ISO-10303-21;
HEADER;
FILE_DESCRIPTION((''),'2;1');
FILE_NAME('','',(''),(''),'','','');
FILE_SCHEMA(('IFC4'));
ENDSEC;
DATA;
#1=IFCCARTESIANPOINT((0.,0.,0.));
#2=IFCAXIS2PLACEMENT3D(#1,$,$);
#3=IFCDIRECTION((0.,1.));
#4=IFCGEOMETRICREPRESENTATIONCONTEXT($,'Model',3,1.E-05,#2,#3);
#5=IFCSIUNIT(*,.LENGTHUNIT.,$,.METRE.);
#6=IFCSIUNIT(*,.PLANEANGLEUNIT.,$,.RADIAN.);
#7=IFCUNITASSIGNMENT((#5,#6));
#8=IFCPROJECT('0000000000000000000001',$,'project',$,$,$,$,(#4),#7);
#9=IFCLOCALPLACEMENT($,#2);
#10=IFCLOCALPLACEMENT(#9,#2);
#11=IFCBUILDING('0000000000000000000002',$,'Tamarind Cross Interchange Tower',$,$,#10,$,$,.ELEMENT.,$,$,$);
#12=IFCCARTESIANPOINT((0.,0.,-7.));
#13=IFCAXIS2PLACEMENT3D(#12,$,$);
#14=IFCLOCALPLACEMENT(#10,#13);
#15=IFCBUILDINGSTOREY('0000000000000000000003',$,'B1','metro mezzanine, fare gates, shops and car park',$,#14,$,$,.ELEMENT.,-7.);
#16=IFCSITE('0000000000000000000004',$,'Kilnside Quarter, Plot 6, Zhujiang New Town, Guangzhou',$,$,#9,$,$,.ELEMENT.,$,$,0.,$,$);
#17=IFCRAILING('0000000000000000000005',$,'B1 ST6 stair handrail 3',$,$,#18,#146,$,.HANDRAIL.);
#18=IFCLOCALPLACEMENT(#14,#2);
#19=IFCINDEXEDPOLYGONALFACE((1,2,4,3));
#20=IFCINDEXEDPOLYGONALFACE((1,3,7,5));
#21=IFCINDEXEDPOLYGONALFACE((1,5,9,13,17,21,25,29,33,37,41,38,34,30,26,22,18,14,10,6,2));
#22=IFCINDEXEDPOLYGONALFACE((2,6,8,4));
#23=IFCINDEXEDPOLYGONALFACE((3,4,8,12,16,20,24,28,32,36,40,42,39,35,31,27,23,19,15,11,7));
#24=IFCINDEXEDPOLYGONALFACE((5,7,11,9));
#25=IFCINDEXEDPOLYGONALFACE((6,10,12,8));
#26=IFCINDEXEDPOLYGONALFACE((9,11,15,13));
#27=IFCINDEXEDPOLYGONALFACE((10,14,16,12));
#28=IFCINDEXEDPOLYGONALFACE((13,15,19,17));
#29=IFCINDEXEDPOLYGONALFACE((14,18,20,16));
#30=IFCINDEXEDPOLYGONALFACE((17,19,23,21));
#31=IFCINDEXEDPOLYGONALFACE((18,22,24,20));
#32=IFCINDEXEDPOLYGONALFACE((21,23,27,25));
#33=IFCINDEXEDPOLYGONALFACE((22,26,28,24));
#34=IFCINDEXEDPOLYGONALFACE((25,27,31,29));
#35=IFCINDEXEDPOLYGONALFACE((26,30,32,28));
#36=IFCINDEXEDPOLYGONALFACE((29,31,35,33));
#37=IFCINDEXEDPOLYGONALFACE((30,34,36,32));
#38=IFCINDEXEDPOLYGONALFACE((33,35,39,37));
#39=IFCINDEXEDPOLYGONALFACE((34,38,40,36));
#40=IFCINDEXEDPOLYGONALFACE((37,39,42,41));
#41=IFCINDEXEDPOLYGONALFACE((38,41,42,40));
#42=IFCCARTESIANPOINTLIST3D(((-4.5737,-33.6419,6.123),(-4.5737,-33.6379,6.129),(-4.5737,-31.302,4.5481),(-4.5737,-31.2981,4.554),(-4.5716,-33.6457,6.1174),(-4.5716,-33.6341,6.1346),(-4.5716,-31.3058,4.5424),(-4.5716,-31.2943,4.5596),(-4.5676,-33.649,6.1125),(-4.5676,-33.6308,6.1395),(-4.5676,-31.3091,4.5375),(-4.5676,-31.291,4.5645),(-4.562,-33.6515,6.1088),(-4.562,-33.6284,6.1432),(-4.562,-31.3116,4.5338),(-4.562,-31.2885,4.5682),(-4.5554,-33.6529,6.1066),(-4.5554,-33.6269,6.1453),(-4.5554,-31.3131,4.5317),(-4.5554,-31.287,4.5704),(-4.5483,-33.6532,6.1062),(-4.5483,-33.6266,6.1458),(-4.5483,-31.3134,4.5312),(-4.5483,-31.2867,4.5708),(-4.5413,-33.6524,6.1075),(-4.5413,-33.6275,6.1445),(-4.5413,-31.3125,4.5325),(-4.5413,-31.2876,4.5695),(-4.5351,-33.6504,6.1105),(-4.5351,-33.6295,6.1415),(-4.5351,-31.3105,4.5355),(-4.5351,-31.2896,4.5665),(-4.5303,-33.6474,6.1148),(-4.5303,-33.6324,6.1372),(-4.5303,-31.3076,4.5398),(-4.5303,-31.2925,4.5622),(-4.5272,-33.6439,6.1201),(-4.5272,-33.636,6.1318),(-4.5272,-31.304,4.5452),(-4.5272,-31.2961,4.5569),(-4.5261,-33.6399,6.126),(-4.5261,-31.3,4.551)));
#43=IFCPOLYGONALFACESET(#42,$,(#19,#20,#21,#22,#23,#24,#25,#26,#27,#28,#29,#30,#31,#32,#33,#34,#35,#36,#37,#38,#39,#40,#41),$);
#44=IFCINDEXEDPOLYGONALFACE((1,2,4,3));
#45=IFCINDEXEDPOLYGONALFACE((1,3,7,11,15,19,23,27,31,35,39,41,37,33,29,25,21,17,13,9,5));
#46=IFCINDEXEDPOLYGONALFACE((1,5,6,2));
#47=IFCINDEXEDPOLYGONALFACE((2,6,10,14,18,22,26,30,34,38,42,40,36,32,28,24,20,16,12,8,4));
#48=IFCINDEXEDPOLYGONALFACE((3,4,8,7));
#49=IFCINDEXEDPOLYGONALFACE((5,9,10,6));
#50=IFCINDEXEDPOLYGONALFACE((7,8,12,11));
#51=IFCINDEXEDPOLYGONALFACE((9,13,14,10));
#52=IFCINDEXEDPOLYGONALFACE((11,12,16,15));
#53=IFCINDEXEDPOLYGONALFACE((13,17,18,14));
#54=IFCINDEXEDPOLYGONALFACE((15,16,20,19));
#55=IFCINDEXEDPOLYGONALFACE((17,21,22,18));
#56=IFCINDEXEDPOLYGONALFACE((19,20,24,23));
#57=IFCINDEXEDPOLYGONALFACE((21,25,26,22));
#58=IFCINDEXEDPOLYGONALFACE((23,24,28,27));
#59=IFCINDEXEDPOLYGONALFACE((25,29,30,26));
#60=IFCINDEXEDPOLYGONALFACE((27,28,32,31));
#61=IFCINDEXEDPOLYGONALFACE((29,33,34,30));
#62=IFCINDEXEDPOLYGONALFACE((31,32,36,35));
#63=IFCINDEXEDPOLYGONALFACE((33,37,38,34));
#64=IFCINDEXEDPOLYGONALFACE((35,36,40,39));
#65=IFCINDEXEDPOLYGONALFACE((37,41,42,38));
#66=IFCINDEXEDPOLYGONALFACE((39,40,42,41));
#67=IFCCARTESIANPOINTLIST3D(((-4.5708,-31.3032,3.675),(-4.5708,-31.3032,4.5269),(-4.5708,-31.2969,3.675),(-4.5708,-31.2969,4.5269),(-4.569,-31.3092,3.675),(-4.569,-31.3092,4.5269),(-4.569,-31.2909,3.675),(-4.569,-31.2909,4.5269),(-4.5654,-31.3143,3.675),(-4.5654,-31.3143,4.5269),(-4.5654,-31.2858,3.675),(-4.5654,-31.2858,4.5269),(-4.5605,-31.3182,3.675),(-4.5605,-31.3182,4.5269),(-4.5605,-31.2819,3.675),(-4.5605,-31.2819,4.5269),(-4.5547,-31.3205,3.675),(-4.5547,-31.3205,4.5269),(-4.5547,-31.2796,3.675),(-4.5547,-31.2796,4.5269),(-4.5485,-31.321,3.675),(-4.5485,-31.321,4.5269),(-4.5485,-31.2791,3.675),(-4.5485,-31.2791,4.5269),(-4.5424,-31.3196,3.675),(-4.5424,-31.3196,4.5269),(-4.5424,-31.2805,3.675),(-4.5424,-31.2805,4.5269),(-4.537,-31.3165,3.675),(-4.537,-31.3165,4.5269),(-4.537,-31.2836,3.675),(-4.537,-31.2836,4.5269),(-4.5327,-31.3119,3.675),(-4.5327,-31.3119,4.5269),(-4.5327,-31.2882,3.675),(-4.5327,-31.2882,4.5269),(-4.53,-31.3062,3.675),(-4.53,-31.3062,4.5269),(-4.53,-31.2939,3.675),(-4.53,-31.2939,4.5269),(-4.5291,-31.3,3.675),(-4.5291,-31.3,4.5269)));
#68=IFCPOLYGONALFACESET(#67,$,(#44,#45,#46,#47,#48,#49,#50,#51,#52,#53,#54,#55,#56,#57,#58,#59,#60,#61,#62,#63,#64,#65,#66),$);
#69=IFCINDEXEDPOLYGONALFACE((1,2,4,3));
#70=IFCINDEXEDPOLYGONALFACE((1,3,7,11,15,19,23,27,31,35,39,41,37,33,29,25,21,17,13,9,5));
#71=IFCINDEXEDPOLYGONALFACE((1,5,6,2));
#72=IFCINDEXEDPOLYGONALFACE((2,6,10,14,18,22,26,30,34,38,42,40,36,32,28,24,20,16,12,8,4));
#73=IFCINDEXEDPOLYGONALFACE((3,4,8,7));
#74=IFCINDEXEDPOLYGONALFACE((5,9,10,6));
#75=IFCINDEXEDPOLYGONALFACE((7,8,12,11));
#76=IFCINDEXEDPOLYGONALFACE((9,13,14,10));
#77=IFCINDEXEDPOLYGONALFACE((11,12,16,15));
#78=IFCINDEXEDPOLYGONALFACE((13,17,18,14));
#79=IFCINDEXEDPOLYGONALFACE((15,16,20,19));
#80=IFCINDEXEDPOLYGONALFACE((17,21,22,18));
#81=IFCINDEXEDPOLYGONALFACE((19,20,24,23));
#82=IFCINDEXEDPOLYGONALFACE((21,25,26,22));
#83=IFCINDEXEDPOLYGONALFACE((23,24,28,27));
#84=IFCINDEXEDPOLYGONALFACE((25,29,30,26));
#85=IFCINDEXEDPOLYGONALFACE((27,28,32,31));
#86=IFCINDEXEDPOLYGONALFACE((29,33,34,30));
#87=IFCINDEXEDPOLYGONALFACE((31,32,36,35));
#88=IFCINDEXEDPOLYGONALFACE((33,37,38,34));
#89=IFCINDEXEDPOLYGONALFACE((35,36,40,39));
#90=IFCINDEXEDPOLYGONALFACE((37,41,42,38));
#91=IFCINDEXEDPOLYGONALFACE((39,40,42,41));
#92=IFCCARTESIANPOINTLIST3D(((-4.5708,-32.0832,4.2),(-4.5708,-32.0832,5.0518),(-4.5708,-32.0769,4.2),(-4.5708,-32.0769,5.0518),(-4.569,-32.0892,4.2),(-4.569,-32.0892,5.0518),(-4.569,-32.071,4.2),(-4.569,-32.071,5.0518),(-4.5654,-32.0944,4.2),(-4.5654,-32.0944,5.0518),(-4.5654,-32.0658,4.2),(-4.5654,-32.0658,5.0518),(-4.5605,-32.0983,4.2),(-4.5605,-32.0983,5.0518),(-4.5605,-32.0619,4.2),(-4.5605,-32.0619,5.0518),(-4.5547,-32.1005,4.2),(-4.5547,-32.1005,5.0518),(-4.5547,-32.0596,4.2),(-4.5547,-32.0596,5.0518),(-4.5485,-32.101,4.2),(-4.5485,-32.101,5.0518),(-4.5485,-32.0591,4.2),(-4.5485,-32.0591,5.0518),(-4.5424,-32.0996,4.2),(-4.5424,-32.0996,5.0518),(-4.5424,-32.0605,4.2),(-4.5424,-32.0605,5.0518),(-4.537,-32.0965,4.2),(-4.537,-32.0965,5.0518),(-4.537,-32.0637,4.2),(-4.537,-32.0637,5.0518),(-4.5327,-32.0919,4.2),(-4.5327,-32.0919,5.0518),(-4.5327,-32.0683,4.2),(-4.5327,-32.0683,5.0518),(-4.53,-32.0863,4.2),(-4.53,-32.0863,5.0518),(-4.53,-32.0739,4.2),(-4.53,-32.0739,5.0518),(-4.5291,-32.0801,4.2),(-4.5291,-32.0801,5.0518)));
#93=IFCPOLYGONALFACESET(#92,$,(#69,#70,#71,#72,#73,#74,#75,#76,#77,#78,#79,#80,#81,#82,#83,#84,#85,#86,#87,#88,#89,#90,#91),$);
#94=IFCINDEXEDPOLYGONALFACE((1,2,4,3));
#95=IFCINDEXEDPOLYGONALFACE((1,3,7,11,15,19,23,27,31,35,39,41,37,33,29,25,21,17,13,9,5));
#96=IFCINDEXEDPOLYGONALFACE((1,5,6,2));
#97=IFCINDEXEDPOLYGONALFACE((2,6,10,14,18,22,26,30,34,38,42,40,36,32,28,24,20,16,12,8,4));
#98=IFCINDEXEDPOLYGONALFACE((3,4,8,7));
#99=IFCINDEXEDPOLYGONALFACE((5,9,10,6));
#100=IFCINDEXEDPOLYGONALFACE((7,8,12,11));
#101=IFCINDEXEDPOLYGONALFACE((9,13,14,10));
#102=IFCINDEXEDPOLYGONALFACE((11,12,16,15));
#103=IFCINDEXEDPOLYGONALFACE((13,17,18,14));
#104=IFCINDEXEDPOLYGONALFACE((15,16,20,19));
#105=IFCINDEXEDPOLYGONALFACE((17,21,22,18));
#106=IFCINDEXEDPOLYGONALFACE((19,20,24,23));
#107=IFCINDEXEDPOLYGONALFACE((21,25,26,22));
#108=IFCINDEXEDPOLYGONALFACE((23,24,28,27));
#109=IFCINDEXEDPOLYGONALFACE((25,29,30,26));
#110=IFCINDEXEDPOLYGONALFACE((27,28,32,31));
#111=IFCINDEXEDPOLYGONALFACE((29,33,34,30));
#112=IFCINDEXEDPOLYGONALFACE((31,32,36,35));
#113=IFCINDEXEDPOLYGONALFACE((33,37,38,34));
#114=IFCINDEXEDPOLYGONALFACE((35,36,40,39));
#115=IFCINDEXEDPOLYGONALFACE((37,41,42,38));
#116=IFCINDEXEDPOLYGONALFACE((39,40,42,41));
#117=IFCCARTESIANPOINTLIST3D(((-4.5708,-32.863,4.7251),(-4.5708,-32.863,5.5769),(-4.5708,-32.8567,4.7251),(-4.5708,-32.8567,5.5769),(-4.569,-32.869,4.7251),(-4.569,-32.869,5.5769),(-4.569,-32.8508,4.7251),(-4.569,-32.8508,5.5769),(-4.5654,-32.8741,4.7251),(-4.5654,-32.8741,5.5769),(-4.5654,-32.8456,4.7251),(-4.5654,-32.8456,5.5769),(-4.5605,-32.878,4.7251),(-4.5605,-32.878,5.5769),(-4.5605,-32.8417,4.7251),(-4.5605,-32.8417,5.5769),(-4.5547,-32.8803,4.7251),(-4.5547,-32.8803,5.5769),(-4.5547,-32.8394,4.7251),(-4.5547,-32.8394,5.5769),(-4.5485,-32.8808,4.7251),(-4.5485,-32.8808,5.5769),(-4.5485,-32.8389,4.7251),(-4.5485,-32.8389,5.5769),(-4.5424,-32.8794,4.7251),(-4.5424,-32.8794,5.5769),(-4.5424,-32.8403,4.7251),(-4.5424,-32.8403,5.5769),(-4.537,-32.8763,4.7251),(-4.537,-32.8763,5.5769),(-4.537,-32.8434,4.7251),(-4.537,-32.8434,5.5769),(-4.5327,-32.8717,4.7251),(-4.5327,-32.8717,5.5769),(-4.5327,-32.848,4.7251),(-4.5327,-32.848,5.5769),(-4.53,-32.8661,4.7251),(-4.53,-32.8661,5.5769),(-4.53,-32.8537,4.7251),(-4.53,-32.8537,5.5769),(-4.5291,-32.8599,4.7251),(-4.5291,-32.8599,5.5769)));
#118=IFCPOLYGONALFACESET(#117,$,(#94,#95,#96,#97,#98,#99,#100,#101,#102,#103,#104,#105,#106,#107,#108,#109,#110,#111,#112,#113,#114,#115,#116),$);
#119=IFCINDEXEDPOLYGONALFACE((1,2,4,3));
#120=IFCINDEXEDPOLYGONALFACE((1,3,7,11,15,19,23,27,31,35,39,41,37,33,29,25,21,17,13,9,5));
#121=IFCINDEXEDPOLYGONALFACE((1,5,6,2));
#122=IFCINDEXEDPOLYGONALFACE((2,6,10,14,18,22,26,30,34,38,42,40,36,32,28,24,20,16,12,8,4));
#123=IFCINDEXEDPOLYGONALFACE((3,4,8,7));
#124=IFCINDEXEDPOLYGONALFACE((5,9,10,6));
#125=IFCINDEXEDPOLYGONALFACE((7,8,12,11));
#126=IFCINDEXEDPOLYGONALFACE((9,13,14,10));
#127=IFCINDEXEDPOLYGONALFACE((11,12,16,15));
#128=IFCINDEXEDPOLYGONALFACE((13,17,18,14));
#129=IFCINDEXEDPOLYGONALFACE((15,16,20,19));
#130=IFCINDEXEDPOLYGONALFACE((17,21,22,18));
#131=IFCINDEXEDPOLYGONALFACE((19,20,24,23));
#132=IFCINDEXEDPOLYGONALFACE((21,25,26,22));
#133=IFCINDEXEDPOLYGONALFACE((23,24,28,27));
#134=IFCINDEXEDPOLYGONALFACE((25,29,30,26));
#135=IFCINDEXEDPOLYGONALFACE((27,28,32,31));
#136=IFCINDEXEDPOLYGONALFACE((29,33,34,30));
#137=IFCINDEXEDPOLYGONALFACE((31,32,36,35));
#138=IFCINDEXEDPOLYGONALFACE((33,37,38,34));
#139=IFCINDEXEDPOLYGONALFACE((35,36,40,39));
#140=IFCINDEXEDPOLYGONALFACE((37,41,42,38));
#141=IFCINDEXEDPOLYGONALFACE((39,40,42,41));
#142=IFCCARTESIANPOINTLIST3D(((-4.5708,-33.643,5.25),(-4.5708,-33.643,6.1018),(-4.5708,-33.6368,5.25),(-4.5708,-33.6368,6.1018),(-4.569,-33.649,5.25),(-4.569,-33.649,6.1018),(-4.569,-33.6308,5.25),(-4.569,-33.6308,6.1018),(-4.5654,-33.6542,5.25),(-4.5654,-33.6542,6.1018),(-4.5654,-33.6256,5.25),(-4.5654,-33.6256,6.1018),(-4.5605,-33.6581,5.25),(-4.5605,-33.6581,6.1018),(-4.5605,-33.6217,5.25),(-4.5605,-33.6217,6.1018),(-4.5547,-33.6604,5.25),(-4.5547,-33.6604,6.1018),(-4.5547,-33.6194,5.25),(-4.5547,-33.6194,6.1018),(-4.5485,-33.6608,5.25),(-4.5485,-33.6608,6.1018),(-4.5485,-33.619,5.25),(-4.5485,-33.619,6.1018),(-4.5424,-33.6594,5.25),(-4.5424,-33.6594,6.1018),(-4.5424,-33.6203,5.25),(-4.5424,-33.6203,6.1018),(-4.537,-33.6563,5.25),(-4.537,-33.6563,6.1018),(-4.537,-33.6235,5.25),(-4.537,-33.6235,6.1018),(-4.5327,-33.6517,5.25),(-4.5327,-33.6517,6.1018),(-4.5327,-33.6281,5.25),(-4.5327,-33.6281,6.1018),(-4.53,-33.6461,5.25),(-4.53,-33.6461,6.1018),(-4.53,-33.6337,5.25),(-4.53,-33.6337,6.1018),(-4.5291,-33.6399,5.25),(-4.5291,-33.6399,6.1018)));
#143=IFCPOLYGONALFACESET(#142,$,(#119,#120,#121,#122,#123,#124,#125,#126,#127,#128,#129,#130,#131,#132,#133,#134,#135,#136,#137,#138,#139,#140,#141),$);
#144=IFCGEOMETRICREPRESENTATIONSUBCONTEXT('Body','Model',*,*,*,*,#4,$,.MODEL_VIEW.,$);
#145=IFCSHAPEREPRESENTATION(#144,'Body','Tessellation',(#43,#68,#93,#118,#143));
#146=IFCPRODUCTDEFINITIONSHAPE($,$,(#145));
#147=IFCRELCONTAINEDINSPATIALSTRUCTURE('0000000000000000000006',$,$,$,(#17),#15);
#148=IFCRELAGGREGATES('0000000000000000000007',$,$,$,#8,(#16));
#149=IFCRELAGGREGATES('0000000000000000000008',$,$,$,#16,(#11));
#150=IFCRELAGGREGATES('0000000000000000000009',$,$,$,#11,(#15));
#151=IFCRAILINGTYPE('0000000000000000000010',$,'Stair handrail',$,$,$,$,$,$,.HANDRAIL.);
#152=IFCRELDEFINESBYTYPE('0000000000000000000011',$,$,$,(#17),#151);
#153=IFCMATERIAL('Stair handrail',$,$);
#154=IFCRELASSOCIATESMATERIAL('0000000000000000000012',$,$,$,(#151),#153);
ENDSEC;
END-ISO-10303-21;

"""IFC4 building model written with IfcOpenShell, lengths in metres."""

from ifc_helpers import new_model, si_unit, direction, frame, origin, origin_2d, place, context, subcontext, project, spatial, circle, extrude, material, type_object, element, save


model = new_model("IFC4")

# Units and contexts
model_context = context("Model", 3, precision=1e-05, world=origin(), true_north=direction((0.0, 1.0)))
body_context = subcontext(model_context, "Body", "Model", "MODEL_VIEW")
ifc_project = project(units=[si_unit("LENGTHUNIT", "METRE"), si_unit("PLANEANGLEUNIT", "RADIAN")], contexts=[model_context])

# Site, building, storey
site_placement = place(None, origin())
site = spatial("IfcSite", under=ifc_project, at=site_placement, Name="Kilnside Quarter, Plot 6, Zhujiang New Town, Guangzhou", CompositionType="ELEMENT", RefElevation=0.0)
building_placement = place(site_placement, origin())
building = spatial("IfcBuilding", under=site, at=building_placement, Name="Tamarind Cross Interchange Tower", CompositionType="ELEMENT")
storey_placement = place(building_placement, frame((0.0, 0.0, -7.0)))
storey = spatial("IfcBuildingStorey", under=building, at=storey_placement, Name="B1", Description="metro mezzanine, fare gates, shops and car park", CompositionType="ELEMENT", Elevation=-7.0)

# Railing
ifc_material_1 = material(Name="Stair handrail")
railing_type_1 = type_object("IfcRailingType", Name="Stair handrail", PredefinedType="HANDRAIL", material=ifc_material_1)
railing_1_placement = place(storey_placement, frame((-4.55, -31.3, 3.675)))
element("IfcRailing", 1, at=railing_1_placement, inside=storey, type_object=railing_type_1, Name="B1 ST6 stair handrail 3", PredefinedType="HANDRAIL", context=body_context, shape_type="SweptSolid", body=[
    extrude(circle(Radius=0.0239, at=origin_2d()), frame((0.0, 0.0, 0.876), z_axis=(0.0, -0.829578, 0.55839), x_axis=(1.0, 0.0, 0.0)), (0.0, 0.0, 1.0), 2.8206),
    extrude(circle(Radius=0.021, at=origin_2d()), origin(), (0.0, 0.0, 1.0), 0.8518),
    extrude(circle(Radius=0.021, at=origin_2d()), frame((0.0, -0.78, 0.5249)), (0.0, 0.0, 1.0), 0.8518),
    extrude(circle(Radius=0.021, at=origin_2d()), frame((0.0, -1.5598, 1.05)), (0.0, 0.0, 1.0), 0.8518),
    extrude(circle(Radius=0.021, at=origin_2d()), frame((0.0, -2.3398, 1.575)), (0.0, 0.0, 1.0), 0.8518),
])

save(model, "model.ifc")
